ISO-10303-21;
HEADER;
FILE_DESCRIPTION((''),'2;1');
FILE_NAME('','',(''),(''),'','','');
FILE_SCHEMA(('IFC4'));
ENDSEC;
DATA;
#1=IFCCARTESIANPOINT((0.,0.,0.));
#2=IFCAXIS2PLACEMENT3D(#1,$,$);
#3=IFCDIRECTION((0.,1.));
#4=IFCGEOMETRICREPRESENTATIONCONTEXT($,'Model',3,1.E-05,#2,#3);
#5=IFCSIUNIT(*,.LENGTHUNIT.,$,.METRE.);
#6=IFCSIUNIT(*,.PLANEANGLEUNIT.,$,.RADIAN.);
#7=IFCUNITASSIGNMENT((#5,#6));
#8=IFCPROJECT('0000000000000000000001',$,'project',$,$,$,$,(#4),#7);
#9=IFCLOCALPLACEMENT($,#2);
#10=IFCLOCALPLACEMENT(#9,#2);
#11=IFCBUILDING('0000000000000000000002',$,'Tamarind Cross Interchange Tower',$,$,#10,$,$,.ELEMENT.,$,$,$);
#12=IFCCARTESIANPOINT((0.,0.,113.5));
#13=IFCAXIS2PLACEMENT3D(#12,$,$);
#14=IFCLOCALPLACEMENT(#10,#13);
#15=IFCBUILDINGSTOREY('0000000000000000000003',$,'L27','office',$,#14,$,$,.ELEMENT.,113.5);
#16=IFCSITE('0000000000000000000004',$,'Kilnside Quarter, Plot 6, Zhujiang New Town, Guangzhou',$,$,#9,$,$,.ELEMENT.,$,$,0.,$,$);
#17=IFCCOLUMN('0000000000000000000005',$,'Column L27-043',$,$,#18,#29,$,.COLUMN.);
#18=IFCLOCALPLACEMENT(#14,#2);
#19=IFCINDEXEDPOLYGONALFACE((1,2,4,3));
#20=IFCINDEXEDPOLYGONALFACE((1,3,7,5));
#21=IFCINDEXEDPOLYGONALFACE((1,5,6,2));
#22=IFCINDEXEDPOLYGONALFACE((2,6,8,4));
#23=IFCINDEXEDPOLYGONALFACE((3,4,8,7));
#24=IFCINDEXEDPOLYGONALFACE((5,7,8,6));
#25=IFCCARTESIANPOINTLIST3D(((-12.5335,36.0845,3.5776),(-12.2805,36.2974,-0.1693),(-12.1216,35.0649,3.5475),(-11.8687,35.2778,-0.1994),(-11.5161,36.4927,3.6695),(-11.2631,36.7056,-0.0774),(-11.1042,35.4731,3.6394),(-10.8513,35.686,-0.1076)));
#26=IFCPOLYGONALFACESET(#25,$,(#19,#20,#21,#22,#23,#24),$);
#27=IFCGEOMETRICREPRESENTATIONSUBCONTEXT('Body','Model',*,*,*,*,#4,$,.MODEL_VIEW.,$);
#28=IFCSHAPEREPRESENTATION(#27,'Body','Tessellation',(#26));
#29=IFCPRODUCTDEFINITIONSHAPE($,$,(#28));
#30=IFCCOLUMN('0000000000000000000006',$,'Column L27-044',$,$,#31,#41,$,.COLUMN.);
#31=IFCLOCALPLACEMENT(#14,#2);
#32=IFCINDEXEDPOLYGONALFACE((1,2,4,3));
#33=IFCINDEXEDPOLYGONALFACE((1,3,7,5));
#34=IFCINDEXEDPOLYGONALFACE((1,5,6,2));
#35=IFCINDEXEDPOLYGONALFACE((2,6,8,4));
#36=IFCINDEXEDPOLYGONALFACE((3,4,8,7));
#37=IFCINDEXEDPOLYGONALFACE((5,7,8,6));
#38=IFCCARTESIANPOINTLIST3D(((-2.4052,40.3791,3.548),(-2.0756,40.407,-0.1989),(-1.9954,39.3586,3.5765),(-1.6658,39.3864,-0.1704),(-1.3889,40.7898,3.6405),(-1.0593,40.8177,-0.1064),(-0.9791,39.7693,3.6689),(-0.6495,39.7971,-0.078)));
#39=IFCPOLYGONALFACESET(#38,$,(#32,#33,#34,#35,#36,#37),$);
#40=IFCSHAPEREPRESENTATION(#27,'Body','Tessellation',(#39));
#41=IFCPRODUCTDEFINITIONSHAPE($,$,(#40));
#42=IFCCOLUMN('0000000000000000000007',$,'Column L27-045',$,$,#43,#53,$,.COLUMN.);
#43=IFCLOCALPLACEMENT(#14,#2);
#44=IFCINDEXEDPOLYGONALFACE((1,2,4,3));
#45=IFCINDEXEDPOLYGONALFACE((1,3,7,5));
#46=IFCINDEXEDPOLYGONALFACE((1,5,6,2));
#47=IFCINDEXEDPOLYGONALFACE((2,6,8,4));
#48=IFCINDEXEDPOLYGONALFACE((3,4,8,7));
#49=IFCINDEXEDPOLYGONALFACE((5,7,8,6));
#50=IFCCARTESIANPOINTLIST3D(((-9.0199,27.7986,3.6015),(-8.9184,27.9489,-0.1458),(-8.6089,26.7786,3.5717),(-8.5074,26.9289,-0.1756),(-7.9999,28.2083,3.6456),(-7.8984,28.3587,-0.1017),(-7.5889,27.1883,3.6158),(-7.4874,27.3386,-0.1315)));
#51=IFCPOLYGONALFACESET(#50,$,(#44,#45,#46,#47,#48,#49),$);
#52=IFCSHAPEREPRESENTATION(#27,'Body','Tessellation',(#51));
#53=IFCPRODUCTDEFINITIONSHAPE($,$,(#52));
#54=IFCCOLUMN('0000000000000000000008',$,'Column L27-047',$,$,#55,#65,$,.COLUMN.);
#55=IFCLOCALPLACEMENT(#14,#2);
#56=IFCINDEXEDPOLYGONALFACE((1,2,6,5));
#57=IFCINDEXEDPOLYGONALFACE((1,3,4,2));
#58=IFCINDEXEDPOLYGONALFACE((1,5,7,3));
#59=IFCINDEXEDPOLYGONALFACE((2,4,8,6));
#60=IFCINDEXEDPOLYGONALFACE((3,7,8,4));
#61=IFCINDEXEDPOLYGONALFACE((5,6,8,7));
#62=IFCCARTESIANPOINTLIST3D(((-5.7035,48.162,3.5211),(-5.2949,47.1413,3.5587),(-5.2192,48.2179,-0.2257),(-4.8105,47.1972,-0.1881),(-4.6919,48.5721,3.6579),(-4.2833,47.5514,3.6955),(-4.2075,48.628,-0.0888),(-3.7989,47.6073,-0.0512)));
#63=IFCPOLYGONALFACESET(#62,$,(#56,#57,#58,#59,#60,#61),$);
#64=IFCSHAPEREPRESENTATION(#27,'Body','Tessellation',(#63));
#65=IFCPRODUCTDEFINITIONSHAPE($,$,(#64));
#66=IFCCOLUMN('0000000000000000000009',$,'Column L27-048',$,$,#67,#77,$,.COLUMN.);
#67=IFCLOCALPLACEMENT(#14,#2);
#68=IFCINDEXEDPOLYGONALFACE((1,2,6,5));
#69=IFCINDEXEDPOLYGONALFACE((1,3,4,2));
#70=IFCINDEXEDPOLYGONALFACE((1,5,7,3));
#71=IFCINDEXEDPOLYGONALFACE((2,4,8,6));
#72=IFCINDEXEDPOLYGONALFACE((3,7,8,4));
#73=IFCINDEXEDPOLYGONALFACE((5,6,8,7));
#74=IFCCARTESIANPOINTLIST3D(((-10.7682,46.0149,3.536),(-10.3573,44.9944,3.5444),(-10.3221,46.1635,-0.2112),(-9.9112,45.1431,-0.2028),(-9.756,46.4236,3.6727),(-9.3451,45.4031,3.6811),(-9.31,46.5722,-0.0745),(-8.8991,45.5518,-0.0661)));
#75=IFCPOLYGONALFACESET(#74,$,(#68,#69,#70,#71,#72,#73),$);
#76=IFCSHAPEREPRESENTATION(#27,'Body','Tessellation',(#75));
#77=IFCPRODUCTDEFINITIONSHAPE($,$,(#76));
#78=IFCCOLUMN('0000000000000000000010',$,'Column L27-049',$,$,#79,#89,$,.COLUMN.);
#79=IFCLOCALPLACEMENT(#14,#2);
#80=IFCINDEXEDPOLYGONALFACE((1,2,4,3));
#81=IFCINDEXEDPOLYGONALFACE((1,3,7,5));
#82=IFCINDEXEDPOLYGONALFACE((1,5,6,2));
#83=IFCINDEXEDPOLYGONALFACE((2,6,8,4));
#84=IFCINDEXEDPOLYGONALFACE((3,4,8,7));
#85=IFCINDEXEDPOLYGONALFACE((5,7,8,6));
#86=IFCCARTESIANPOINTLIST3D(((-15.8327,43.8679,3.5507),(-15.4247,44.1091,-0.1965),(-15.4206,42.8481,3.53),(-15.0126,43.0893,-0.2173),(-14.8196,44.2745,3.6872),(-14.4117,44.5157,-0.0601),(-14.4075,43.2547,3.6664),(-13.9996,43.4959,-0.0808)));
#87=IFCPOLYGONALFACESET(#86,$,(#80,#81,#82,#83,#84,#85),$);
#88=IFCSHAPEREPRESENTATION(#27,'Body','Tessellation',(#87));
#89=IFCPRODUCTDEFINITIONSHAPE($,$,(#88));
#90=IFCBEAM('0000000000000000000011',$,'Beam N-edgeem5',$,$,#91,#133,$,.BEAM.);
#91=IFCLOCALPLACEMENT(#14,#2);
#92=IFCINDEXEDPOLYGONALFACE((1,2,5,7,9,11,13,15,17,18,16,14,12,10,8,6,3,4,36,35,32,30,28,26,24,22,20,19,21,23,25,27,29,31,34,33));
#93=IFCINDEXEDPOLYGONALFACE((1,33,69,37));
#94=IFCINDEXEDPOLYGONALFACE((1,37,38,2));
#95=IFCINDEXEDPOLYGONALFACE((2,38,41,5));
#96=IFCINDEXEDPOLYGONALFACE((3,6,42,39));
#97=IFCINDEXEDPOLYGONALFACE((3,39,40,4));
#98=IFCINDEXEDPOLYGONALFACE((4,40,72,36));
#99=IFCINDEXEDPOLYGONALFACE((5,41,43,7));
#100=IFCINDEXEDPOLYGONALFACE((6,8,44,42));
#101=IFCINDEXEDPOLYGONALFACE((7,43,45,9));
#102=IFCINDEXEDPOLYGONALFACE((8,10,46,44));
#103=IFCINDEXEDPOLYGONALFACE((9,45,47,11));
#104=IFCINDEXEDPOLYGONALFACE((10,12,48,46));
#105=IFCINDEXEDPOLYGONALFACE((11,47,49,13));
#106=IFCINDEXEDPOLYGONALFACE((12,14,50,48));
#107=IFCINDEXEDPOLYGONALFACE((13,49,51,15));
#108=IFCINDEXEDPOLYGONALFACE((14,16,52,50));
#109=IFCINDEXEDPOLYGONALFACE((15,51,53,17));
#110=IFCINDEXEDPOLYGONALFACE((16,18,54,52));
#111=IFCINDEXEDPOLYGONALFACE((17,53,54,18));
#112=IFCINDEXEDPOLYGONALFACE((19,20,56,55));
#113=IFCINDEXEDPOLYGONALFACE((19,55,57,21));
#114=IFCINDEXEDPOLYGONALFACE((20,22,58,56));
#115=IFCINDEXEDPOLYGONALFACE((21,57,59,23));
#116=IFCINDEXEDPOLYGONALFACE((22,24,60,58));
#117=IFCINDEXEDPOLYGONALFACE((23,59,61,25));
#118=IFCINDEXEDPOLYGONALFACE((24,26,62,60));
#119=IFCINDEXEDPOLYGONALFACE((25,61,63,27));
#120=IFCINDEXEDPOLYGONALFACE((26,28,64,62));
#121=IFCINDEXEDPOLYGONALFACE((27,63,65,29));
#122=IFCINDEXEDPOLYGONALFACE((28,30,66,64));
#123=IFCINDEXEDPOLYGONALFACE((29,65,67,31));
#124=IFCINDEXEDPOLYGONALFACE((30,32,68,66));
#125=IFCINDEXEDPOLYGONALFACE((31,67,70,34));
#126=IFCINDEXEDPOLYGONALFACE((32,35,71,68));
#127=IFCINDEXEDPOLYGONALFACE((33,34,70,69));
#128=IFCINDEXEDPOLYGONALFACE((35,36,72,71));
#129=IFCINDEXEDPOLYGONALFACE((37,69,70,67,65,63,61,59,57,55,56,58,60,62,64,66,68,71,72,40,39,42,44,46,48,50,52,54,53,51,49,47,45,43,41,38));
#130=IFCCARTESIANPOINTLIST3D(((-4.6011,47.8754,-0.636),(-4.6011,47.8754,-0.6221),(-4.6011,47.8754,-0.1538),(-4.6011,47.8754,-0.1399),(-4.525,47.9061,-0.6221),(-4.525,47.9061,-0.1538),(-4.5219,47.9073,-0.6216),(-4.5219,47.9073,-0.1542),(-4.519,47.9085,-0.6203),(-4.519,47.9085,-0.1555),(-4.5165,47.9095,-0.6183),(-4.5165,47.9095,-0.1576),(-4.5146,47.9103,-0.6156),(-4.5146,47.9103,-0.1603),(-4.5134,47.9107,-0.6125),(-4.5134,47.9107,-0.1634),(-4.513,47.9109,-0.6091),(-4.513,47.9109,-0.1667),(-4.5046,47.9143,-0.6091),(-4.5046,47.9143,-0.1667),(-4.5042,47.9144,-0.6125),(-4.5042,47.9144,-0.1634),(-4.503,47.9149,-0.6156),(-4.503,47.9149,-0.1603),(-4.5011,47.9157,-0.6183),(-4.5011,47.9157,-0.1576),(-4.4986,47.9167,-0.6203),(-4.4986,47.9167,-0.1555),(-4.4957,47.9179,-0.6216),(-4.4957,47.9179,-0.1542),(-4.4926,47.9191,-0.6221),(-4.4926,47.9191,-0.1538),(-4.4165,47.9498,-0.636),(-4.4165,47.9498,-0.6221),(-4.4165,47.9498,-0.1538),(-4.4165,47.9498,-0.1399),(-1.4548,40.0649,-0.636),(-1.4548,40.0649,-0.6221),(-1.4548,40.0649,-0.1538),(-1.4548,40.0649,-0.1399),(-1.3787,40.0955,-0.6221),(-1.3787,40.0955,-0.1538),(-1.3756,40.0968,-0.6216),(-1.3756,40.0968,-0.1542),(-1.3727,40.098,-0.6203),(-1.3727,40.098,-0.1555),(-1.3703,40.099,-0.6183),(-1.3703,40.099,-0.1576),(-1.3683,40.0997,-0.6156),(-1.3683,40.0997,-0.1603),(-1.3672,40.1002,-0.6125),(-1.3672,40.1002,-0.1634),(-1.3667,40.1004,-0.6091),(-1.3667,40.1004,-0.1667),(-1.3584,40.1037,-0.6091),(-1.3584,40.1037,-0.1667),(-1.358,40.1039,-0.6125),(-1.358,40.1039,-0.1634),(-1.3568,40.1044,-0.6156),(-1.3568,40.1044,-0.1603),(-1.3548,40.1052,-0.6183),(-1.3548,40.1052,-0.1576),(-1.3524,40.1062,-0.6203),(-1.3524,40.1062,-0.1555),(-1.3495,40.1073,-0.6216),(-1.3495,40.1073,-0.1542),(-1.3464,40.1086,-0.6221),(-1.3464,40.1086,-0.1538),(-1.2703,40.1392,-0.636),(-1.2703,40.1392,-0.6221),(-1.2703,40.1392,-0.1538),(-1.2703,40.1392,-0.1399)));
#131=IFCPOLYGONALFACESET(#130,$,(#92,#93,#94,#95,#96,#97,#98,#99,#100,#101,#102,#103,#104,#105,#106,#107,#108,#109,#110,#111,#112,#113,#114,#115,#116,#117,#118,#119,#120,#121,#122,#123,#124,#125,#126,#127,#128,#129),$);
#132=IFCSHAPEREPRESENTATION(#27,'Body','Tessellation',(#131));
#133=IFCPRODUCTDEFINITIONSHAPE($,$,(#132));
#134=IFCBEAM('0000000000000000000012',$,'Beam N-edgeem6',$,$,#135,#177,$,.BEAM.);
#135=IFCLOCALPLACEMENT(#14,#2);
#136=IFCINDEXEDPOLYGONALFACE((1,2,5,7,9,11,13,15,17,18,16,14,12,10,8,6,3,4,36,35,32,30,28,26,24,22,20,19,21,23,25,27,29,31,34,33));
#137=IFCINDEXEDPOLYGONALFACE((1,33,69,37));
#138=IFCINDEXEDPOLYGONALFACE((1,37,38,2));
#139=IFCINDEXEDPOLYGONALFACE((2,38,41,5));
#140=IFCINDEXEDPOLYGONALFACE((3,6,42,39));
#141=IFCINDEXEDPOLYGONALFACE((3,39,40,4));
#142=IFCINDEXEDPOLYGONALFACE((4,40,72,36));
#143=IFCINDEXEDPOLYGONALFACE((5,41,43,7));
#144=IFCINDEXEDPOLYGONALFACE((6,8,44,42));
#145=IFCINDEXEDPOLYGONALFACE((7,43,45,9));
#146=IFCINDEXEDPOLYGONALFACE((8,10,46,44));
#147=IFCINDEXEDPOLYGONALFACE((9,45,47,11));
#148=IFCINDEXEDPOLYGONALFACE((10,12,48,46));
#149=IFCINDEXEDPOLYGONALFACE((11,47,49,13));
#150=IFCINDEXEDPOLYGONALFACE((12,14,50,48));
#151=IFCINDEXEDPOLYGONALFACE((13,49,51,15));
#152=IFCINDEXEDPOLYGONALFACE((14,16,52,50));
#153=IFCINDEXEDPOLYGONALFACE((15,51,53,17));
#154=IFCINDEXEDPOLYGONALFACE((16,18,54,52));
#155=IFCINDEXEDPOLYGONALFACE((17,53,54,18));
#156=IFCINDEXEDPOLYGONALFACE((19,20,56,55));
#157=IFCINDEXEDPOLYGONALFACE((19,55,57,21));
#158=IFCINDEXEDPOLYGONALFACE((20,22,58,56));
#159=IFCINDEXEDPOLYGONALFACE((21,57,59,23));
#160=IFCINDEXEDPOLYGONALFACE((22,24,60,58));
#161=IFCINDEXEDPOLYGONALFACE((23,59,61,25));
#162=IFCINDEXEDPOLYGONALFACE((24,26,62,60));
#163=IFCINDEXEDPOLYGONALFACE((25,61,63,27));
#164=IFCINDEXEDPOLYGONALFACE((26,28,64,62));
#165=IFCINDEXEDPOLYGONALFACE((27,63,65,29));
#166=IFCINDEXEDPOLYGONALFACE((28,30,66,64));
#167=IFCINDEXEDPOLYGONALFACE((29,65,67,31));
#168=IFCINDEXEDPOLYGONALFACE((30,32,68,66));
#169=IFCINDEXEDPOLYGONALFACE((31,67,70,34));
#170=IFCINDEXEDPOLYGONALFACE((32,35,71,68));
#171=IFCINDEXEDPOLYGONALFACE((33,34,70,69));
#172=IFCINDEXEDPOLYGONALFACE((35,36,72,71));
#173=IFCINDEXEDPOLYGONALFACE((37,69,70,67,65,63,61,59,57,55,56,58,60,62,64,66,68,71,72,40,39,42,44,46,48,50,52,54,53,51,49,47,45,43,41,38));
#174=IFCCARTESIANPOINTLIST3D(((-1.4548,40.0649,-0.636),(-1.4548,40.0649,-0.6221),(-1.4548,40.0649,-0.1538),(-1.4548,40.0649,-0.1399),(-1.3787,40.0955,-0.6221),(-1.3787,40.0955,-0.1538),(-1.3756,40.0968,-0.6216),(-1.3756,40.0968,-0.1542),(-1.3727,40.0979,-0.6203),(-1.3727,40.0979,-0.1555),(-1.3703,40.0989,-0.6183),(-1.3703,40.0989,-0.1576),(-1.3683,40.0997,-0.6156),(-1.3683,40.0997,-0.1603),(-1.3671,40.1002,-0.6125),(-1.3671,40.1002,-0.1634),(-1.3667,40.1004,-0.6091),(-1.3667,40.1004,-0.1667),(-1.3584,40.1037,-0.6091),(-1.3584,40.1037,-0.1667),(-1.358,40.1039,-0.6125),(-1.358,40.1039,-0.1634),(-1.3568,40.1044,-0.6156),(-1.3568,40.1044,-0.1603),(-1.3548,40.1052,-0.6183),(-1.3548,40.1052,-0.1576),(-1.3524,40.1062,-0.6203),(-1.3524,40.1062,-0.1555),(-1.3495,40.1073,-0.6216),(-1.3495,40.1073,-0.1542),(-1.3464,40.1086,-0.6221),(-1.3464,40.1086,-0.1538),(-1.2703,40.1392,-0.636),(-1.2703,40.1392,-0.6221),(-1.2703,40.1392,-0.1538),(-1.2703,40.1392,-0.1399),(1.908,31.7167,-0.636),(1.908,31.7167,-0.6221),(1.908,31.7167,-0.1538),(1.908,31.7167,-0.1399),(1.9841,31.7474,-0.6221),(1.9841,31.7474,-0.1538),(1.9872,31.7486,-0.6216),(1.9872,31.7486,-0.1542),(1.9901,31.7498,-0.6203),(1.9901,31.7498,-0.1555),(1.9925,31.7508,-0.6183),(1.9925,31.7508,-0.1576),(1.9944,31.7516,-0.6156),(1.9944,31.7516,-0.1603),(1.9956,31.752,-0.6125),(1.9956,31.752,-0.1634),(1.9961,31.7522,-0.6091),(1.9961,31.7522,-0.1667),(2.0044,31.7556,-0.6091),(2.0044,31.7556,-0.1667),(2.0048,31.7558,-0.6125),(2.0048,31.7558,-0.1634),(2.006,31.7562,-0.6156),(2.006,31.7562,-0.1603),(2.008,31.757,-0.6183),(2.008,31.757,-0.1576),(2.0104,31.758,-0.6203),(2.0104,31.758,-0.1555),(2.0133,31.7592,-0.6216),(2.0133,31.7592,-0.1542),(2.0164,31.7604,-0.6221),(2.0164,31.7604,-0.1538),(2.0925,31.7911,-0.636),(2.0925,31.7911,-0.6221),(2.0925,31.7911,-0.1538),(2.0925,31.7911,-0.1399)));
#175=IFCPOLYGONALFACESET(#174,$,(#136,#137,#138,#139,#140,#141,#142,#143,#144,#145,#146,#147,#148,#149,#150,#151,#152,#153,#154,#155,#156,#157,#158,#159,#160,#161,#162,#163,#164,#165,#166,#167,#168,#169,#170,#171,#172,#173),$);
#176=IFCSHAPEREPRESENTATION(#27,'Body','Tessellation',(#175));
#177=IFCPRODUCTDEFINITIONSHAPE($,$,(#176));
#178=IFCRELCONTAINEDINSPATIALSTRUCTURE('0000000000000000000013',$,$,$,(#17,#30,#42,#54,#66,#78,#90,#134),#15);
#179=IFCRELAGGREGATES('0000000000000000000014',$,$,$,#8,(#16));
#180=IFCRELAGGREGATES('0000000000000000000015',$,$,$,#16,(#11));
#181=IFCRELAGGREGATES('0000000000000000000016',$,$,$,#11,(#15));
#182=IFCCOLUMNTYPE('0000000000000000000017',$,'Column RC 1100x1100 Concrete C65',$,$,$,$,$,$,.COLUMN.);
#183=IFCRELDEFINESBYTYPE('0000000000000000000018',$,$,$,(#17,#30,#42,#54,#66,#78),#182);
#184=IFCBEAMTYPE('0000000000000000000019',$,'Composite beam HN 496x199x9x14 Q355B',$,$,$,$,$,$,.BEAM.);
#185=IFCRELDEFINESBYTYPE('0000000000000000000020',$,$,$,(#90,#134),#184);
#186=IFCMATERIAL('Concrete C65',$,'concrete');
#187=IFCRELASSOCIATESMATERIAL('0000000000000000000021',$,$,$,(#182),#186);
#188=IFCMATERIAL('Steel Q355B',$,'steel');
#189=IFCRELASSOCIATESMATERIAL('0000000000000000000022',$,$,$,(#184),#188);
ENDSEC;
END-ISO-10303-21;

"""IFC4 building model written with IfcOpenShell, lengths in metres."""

from ifc_helpers import new_model, si_unit, direction, frame, origin, origin_2d, place, context, subcontext, project, spatial, rectangle, i_section, extrude, material, material_profile, profile_set, type_object, element, save


model = new_model("IFC4")

# Units and contexts
model_context = context("Model", 3, precision=1e-05, world=origin(), true_north=direction((0.0, 1.0)))
body_context = subcontext(model_context, "Body", "Model", "MODEL_VIEW")
ifc_project = project(units=[si_unit("LENGTHUNIT", "METRE"), si_unit("PLANEANGLEUNIT", "RADIAN")], contexts=[model_context])

# Site, building, storey
site_placement = place(None, origin())
site = spatial("IfcSite", under=ifc_project, at=site_placement, Name="Kilnside Quarter, Plot 6, Zhujiang New Town, Guangzhou", CompositionType="ELEMENT", RefElevation=0.0)
building_placement = place(site_placement, origin())
building = spatial("IfcBuilding", under=site, at=building_placement, Name="Tamarind Cross Interchange Tower", CompositionType="ELEMENT")
storey_placement = place(building_placement, frame((0.0, 0.0, 113.5)))
storey = spatial("IfcBuildingStorey", under=building, at=storey_placement, Name="L27", Description="office", CompositionType="ELEMENT", Elevation=113.5)

# Columns
ifc_material_1 = material(Name="Concrete C65", Category="concrete")
ifc_material_profile_1 = material_profile(ifc_material_1, rectangle(XDim=1.1001, YDim=1.1001, at=origin_2d()), Name="RC 1100x1100")
ifc_profile_set_1 = profile_set([ifc_material_profile_1], Name="Concrete C65")
column_type = type_object("IfcColumnType", Name="Column RC 1100x1100 Concrete C65", PredefinedType="COLUMN", material=ifc_profile_set_1)
for number, where, z_axis, x_axis, name in (
    (1, (-11.5659, 35.9917, -0.1384), (-0.067244, -0.056599, 0.99613), (0.924838, 0.37108, 0.083516), "Column L27-043"),
    (2, (-1.3625, 40.1021, -0.1384), (-0.087624, -0.007399, 0.996126), (0.372514, -0.927666, 0.025877), "Column L27-044"),
):
    element("IfcColumn", number, at=place(storey_placement, frame(where, z_axis=z_axis, x_axis=x_axis)), inside=storey, type_object=column_type, Name=name, PredefinedType="COLUMN", context=body_context, shape_type="SweptSolid", body=[
        extrude(rectangle(XDim=1.1001, YDim=1.1001, at=origin_2d()), origin(), (0.0, 0.0, 1.0), 3.7615),
    ])
column_1_placement = place(storey_placement, frame((-8.2029, 27.6438, -0.1387), z_axis=(-0.027071, -0.040086, 0.998829), x_axis=(0.927196, 0.372427, 0.040076)))
element("IfcColumn", 3, at=column_1_placement, inside=storey, type_object=column_type, Name="Column L27-045", PredefinedType="COLUMN", context=body_context, shape_type="SweptSolid", body=[
    extrude(rectangle(XDim=1.1001, YDim=1.1001, at=origin_2d()), origin(), (0.0, 0.0, 1.0), 3.7517),
])
column_2_placement = place(storey_placement, frame((-4.509, 47.9126, -0.1384), z_axis=(-0.128195, -0.014797, 0.991639), x_axis=(0.371452, -0.927823, 0.034175)))
element("IfcColumn", 4, at=column_2_placement, inside=storey, type_object=column_type, Name="Column L27-047", PredefinedType="COLUMN", context=body_context, shape_type="SweptSolid", body=[
    extrude(rectangle(XDim=1.1001, YDim=1.1001, at=origin_2d()), origin(), (0.0, 0.0, 1.0), 3.7783),
])
column_3_placement = place(storey_placement, frame((-9.6106, 45.8577, -0.1387), z_axis=(-0.118105, -0.039368, 0.99222), x_axis=(0.373513, -0.927593, 0.007655)))
element("IfcColumn", 5, at=column_3_placement, inside=storey, type_object=column_type, Name="Column L27-048", PredefinedType="COLUMN", context=body_context, shape_type="SweptSolid", body=[
    extrude(rectangle(XDim=1.1001, YDim=1.1001, at=origin_2d()), origin(), (0.0, 0.0, 1.0), 3.7766),
])
column_4_placement = place(storey_placement, frame((-14.7122, 43.8025, -0.1387), z_axis=(-0.108007, -0.06386, 0.992097), x_axis=(0.920866, 0.36962, 0.124044)))
element("IfcColumn", 6, at=column_4_placement, inside=storey, type_object=column_type, Name="Column L27-049", PredefinedType="COLUMN", context=body_context, shape_type="SweptSolid", body=[
    extrude(rectangle(XDim=1.1001, YDim=1.1001, at=origin_2d()), origin(), (0.0, 0.0, 1.0), 3.7771),
])

# Beams
ifc_material_2 = material(Name="Steel Q355B", Category="steel")
ifc_material_profile_2 = material_profile(ifc_material_2, i_section(OverallWidth=0.199, OverallDepth=0.4961, WebThickness=0.009, FlangeThickness=0.0139, FilletRadius=0.0129, at=origin_2d()), Name="HN 496x199x9x14")
ifc_profile_set_2 = profile_set([ifc_material_profile_2], Name="Steel Q355B")
beam_type_1 = type_object("IfcBeamType", Name="Composite beam HN 496x199x9x14 Q355B", PredefinedType="BEAM", material=ifc_profile_set_2)
beam_1_placement = place(storey_placement, frame((-4.5088, 47.9126, -0.3879), z_axis=(0.373644, -0.927572, 0.0), x_axis=(0.927572, 0.373644, 0.0)))
element("IfcBeam", 7, at=beam_1_placement, inside=storey, type_object=beam_type_1, Name="Beam N-edgeem5", PredefinedType="BEAM", context=body_context, shape_type="SweptSolid", body=[
    extrude(i_section(OverallWidth=0.199, OverallDepth=0.4961, WebThickness=0.009, FlangeThickness=0.0139, FilletRadius=0.0129, at=origin_2d()), origin(), (0.0, 0.0, 1.0), 8.4204),
])
beam_2_placement = place(storey_placement, frame((-1.3625, 40.1021, -0.3879), z_axis=(0.373644, -0.927572, 0.0), x_axis=(0.927572, 0.373644, 0.0)))
element("IfcBeam", 8, at=beam_2_placement, inside=storey, type_object=beam_type_1, Name="Beam N-edgeem6", PredefinedType="BEAM", context=body_context, shape_type="SweptSolid", body=[
    extrude(i_section(OverallWidth=0.199, OverallDepth=0.4961, WebThickness=0.009, FlangeThickness=0.0139, FilletRadius=0.0129, at=origin_2d()), origin(), (0.0, 0.0, 1.0), 9.0),
])

save(model, "model.ifc")
